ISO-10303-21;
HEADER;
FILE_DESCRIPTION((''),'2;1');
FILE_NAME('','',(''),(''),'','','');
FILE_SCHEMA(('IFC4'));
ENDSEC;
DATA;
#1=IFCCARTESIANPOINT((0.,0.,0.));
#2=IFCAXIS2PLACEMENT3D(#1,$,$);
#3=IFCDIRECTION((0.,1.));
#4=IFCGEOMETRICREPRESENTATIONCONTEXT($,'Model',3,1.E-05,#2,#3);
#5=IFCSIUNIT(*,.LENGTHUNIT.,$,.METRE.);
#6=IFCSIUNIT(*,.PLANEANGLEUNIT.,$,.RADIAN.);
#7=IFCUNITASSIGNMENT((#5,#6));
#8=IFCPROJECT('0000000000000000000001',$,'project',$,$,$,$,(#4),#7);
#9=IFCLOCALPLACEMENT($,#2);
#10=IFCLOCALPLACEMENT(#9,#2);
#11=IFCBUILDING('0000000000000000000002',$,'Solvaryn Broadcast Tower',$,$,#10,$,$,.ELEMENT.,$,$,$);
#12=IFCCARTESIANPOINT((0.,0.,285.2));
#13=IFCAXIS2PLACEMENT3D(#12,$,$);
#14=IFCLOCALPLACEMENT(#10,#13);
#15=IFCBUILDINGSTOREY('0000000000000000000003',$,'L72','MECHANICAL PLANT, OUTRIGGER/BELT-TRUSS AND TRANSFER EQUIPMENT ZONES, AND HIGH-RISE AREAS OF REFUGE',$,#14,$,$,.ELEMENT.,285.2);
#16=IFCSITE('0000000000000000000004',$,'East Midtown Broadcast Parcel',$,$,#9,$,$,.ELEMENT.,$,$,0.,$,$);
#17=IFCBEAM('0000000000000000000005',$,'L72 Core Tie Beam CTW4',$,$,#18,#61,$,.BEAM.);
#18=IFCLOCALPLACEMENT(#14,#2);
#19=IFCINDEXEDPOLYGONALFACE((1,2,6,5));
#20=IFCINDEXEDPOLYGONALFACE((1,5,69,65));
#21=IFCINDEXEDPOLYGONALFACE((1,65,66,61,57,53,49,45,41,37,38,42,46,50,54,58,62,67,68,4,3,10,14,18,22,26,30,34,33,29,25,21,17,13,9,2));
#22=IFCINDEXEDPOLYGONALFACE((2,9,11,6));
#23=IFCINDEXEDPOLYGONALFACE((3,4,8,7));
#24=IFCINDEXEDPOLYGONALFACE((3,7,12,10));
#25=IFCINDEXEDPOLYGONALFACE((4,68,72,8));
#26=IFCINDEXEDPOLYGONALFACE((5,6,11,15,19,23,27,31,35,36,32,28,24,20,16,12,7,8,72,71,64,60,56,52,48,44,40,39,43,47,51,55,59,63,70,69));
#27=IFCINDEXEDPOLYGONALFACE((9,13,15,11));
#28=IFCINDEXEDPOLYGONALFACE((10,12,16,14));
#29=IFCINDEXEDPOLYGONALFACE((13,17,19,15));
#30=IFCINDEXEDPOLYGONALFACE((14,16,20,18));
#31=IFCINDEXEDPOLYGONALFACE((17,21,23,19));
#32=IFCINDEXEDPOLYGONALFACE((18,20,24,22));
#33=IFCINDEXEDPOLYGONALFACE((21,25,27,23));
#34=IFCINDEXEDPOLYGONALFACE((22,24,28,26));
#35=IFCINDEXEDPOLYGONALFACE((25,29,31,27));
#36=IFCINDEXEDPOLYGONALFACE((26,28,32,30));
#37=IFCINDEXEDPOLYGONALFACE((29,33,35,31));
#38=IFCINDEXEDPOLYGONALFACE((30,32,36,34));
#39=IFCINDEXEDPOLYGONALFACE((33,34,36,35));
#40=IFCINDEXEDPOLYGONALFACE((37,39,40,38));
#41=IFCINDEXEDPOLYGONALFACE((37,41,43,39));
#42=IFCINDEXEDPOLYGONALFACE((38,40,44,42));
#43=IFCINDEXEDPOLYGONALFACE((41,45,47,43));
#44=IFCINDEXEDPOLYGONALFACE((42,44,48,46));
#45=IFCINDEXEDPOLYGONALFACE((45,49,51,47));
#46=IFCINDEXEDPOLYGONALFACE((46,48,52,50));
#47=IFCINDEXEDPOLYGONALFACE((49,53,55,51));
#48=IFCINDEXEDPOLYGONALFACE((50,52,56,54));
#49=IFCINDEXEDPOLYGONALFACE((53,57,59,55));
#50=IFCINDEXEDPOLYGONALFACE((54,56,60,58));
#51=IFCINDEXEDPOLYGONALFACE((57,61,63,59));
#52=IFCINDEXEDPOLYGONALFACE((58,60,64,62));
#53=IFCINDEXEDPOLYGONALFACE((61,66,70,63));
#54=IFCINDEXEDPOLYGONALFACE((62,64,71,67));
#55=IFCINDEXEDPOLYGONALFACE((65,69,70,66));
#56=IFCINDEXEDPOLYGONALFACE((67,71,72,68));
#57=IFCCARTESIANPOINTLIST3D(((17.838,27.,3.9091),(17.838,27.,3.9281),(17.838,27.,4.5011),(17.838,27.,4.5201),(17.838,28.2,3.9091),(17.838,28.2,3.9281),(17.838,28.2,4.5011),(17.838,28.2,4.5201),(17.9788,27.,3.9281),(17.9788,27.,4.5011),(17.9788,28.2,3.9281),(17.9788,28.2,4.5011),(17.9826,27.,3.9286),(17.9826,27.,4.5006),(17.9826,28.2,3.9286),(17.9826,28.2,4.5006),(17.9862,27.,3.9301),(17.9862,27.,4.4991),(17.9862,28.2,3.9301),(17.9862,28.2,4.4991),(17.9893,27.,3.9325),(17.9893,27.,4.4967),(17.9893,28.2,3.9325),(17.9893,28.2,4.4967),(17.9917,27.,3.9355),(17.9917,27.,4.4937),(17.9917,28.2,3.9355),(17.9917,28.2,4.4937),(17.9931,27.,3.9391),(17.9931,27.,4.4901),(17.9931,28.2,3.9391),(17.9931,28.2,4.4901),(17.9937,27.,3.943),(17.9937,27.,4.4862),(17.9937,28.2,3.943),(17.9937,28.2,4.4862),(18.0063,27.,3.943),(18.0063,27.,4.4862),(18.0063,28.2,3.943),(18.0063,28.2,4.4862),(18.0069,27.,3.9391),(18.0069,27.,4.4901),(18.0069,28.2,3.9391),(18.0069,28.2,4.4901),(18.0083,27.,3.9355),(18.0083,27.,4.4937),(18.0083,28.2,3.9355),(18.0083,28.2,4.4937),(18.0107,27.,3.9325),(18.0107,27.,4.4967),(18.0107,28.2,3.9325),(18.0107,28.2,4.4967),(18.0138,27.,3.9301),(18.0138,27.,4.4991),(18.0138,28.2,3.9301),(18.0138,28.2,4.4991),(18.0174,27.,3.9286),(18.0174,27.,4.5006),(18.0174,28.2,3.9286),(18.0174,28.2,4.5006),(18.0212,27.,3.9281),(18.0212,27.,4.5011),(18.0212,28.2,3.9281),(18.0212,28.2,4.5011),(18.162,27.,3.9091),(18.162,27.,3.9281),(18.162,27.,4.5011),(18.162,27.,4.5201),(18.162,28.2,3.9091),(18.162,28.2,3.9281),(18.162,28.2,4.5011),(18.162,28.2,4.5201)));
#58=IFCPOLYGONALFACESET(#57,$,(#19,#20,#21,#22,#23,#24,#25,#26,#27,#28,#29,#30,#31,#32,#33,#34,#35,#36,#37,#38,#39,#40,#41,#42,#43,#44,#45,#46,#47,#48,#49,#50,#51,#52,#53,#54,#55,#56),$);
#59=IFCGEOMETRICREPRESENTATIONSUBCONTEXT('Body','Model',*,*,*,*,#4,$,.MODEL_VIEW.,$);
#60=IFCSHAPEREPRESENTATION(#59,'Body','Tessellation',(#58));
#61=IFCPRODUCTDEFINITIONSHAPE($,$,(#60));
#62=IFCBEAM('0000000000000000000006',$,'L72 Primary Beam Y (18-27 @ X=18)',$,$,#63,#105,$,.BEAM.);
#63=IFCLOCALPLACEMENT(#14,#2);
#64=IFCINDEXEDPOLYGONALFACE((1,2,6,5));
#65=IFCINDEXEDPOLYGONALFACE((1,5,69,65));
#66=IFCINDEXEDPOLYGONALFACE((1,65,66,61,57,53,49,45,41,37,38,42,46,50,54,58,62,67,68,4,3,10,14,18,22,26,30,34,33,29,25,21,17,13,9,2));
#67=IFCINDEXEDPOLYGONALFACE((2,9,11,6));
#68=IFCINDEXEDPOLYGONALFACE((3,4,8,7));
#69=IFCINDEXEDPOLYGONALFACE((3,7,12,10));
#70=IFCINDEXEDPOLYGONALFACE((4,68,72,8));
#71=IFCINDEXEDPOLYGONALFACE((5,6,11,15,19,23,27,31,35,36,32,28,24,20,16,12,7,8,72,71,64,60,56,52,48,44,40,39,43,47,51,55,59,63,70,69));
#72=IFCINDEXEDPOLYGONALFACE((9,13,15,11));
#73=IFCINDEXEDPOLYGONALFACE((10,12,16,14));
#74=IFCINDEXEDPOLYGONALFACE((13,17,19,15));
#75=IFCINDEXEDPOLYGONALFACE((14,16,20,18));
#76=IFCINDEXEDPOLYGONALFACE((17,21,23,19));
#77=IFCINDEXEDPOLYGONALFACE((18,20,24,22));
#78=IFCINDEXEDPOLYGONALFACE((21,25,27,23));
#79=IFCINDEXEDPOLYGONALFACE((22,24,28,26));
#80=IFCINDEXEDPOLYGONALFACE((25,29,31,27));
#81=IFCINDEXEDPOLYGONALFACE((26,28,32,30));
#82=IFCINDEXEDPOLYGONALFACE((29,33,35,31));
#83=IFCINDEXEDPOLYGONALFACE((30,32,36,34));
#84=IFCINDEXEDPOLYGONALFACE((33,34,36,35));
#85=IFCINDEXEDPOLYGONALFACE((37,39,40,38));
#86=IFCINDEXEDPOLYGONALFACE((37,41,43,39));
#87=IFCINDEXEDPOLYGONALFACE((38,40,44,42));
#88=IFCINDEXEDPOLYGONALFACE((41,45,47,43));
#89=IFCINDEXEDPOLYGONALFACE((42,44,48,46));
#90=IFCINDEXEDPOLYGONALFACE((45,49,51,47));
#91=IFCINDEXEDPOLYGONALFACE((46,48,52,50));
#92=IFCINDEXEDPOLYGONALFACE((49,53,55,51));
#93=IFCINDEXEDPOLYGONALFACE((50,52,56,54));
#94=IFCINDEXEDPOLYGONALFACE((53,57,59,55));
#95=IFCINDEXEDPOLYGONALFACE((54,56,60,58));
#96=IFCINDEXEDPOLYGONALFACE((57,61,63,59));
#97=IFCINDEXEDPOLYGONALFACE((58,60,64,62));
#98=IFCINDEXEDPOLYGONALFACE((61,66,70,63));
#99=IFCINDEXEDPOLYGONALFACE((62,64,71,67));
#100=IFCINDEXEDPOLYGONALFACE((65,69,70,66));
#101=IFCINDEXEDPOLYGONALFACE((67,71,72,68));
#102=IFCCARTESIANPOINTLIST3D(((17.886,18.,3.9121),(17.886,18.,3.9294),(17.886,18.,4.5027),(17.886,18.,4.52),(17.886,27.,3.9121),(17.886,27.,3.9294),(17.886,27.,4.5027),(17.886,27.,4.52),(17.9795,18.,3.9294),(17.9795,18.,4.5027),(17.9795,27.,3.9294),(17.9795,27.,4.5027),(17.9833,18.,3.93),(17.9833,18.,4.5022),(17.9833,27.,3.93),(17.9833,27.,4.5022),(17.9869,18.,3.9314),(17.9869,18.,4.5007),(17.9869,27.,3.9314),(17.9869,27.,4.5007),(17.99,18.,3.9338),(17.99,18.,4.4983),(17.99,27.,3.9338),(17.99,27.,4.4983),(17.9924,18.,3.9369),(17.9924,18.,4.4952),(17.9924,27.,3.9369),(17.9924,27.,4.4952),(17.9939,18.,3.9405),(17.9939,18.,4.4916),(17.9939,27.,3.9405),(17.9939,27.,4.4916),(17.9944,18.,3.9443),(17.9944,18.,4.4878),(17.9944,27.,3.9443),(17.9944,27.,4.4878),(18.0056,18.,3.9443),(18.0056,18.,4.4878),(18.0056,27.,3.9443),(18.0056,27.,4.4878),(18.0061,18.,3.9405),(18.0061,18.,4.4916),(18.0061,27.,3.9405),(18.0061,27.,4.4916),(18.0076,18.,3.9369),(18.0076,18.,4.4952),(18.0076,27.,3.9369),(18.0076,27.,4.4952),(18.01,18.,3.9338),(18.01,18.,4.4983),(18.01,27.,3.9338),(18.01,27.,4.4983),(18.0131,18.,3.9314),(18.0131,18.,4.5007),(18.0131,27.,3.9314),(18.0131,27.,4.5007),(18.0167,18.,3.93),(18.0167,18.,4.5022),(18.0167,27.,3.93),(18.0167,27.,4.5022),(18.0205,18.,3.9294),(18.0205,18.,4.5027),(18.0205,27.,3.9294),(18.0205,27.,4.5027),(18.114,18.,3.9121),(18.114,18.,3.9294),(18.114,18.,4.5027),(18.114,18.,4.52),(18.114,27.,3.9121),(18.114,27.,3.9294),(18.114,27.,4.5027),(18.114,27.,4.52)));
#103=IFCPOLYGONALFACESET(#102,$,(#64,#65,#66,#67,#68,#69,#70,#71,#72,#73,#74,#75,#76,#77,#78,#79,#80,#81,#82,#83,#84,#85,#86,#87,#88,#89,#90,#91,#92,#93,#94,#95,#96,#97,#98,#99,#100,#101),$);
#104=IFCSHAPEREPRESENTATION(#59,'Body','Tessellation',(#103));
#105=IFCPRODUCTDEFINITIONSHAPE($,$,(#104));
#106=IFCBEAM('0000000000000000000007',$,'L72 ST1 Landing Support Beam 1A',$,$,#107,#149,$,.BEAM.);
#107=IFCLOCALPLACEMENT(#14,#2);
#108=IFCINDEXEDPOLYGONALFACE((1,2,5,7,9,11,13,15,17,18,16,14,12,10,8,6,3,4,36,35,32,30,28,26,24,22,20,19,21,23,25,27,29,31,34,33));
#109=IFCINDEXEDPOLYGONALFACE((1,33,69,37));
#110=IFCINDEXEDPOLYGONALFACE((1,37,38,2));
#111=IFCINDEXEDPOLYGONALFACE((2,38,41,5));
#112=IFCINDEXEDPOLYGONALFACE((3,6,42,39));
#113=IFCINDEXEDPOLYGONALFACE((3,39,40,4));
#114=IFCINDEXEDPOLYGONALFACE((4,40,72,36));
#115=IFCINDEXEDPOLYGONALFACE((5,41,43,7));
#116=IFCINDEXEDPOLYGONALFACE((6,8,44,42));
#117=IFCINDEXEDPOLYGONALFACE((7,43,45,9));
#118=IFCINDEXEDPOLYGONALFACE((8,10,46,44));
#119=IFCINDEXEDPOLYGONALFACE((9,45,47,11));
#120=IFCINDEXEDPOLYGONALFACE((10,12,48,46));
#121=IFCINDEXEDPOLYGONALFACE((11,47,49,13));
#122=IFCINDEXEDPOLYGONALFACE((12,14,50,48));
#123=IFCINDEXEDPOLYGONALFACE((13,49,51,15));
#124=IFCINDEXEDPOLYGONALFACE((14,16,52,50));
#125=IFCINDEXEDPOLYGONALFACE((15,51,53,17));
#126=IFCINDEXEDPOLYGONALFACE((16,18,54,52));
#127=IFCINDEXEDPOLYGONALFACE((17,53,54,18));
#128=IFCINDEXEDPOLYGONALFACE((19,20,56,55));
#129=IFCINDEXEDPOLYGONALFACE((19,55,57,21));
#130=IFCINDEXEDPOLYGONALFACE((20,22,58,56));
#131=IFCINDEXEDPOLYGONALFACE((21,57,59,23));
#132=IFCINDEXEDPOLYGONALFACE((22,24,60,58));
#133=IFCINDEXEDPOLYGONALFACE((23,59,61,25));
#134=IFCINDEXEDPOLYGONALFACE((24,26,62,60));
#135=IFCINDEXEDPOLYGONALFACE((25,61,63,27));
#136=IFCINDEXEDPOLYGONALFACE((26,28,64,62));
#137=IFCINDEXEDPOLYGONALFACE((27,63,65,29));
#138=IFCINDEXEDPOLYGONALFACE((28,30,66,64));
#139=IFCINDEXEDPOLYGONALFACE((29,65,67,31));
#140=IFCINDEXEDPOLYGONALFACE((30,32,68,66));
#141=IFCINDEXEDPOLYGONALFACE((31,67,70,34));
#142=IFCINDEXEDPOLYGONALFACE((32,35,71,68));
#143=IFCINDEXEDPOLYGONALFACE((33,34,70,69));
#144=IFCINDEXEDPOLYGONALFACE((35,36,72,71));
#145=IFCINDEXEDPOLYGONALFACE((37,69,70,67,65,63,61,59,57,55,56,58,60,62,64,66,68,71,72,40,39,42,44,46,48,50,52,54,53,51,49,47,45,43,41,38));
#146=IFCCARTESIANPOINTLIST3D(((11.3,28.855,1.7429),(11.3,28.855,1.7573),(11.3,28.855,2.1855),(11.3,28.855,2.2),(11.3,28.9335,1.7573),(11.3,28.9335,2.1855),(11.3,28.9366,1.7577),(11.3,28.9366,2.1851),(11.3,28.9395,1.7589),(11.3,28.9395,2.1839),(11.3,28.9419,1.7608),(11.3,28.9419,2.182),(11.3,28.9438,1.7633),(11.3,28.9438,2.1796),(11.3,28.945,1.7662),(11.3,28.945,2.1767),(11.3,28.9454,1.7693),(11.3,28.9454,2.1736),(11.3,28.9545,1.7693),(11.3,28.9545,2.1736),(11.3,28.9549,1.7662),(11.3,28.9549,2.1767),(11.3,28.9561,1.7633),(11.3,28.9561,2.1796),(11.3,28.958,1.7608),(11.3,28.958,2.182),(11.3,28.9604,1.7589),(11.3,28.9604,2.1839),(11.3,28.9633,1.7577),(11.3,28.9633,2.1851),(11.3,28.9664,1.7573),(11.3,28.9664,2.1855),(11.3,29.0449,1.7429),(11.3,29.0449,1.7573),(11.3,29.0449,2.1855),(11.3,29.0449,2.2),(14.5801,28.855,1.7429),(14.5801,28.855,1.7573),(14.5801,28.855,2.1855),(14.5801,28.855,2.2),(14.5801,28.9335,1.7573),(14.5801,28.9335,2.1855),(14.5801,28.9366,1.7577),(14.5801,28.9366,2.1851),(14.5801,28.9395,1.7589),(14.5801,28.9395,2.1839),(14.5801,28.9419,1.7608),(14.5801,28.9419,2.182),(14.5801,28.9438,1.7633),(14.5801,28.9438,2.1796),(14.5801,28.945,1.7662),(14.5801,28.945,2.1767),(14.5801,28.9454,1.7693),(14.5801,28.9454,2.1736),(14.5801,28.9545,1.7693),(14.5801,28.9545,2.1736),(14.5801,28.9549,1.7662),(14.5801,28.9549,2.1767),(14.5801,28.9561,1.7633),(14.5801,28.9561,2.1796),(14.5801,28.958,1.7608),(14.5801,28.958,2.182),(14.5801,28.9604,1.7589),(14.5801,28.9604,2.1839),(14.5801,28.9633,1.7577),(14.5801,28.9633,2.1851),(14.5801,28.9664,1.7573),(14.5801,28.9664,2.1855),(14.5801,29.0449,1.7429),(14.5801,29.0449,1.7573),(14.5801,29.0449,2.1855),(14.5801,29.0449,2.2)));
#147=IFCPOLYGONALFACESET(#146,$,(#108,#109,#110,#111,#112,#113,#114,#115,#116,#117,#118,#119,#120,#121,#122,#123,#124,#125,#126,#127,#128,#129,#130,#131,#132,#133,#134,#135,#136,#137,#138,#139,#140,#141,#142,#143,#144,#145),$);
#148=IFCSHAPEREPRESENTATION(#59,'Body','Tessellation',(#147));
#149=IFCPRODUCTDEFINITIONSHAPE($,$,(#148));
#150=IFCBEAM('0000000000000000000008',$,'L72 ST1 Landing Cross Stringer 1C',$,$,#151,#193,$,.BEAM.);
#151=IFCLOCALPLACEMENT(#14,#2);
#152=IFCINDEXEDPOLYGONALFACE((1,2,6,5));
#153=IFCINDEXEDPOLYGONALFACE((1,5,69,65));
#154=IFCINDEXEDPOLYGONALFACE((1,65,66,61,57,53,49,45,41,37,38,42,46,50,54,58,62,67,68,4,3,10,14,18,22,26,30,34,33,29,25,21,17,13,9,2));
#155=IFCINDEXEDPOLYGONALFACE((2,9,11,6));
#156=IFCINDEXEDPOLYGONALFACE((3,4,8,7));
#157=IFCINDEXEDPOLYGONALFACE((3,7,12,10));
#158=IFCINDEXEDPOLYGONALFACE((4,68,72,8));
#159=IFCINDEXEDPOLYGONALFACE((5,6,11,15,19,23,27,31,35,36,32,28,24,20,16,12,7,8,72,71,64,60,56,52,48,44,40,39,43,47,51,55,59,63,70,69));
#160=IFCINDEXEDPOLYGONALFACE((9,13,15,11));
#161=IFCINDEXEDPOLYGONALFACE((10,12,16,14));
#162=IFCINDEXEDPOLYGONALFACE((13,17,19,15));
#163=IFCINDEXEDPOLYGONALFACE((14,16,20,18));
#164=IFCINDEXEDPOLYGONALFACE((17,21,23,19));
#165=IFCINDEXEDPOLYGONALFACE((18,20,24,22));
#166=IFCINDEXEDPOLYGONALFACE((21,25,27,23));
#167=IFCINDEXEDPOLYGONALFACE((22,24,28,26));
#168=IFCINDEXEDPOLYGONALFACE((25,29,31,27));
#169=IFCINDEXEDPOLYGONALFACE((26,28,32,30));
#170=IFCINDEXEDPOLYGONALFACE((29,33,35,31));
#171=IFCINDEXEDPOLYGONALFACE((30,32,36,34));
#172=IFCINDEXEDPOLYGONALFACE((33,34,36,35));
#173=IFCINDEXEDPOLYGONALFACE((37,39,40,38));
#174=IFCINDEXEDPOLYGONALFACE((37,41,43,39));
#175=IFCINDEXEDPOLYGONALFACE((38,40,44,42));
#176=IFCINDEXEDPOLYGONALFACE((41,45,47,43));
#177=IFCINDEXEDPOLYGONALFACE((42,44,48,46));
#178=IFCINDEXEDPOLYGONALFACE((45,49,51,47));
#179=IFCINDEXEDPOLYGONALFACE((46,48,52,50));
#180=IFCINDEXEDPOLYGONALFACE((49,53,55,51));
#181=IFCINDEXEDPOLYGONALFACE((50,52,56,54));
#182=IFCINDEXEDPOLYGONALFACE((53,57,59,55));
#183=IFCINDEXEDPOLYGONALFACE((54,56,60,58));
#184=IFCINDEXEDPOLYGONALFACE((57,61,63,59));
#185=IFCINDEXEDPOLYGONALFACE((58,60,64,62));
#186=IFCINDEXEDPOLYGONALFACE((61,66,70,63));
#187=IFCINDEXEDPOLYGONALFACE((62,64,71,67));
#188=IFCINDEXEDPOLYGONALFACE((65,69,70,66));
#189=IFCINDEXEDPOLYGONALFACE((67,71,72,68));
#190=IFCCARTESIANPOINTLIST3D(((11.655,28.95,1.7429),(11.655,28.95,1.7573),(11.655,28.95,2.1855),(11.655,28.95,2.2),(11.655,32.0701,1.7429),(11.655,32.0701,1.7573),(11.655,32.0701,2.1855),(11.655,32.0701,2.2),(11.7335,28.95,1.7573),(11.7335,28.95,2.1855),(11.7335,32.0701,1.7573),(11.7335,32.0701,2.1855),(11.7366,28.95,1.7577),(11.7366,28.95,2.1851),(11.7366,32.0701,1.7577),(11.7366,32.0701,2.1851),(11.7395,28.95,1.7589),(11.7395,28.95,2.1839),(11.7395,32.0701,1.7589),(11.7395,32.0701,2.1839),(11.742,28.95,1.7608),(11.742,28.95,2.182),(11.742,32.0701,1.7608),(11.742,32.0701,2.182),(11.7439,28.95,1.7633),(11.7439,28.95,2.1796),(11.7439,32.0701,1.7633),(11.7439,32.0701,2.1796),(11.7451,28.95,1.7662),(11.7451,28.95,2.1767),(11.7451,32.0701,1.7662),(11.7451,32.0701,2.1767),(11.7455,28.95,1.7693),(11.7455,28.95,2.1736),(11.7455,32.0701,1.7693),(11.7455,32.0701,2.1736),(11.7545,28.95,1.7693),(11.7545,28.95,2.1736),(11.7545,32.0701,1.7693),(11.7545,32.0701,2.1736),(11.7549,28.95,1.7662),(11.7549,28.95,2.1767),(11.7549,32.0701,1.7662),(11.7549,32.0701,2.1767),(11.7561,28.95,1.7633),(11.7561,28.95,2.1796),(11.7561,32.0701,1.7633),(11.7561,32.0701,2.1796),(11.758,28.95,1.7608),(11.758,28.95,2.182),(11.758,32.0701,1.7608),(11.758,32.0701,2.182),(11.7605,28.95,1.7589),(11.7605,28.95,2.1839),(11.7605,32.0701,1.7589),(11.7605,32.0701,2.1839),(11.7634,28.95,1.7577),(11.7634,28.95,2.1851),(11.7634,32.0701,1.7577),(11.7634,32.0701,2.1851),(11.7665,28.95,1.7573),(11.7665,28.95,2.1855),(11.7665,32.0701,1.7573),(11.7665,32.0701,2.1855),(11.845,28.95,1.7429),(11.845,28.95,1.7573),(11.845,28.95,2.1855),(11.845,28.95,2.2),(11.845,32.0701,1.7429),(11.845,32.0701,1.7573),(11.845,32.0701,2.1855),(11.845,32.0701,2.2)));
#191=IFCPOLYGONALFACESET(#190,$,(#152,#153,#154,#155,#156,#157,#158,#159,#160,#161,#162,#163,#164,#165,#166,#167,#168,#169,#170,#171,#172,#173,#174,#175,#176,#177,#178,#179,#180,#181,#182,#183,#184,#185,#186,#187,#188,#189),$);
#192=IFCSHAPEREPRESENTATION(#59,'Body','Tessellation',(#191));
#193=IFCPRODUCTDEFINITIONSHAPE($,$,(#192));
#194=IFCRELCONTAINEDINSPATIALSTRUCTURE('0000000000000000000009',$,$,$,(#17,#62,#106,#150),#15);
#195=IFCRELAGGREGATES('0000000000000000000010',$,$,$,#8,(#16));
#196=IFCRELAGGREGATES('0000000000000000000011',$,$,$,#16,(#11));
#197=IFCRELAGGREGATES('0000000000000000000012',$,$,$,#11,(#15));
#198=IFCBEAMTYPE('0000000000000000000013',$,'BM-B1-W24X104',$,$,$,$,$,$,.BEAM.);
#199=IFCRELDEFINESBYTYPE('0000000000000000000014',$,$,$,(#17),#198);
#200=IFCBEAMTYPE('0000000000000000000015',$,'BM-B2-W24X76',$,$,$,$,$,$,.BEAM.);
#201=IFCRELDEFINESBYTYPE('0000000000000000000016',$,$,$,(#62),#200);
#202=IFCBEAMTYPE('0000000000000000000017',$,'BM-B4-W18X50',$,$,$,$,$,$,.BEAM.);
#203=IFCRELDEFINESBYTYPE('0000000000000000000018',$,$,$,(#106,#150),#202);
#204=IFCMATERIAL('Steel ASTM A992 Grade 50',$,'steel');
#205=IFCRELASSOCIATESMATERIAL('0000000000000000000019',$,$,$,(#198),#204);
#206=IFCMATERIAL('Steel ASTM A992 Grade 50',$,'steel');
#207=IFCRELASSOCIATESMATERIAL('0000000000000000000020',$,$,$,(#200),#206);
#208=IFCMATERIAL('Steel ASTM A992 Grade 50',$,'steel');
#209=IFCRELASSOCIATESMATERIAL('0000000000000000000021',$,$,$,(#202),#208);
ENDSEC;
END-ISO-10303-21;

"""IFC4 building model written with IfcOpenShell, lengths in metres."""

from ifc_helpers import new_model, si_unit, direction, frame, origin, origin_2d, place, context, subcontext, project, spatial, i_section, extrude, material, material_profile, profile_set, type_object, element, save


model = new_model("IFC4")

# Units and contexts
model_context = context("Model", 3, precision=1e-05, world=origin(), true_north=direction((0.0, 1.0)))
body_context = subcontext(model_context, "Body", "Model", "MODEL_VIEW")
ifc_project = project(units=[si_unit("LENGTHUNIT", "METRE"), si_unit("PLANEANGLEUNIT", "RADIAN")], contexts=[model_context])

# Site, building, storey
site_placement = place(None, origin())
site = spatial("IfcSite", under=ifc_project, at=site_placement, Name="East Midtown Broadcast Parcel", CompositionType="ELEMENT", RefElevation=0.0)
building_placement = place(site_placement, origin())
building = spatial("IfcBuilding", under=site, at=building_placement, Name="Solvaryn Broadcast Tower", CompositionType="ELEMENT")
storey_placement = place(building_placement, frame((0.0, 0.0, 285.2)))
storey = spatial("IfcBuildingStorey", under=building, at=storey_placement, Name="L72", Description="MECHANICAL PLANT, OUTRIGGER/BELT-TRUSS AND TRANSFER EQUIPMENT ZONES, AND HIGH-RISE AREAS OF REFUGE", CompositionType="ELEMENT", Elevation=285.2)

# Beams
ifc_material_1 = material(Name="Steel ASTM A992 Grade 50", Category="steel")
ifc_material_profile_1 = material_profile(ifc_material_1, i_section(OverallWidth=0.324, OverallDepth=0.6111, WebThickness=0.0127, FlangeThickness=0.019, FilletRadius=0.0149, at=origin_2d()))
ifc_profile_set_1 = profile_set([ifc_material_profile_1], Name="Steel ASTM A992 Grade 50")
beam_type_1 = type_object("IfcBeamType", Name="BM-B1-W24X104", PredefinedType="BEAM", material=ifc_profile_set_1)
beam_1_placement = place(storey_placement, frame((18.0, 27.0, 4.2146), z_axis=(0.0, 1.0, 0.0), x_axis=(-1.0, 0.0, 0.0)))
element("IfcBeam", 1, at=beam_1_placement, inside=storey, type_object=beam_type_1, Name="L72 Core Tie Beam CTW4", PredefinedType="BEAM", context=body_context, shape_type="SweptSolid", body=[
    extrude(i_section(OverallWidth=0.324, OverallDepth=0.6111, WebThickness=0.0127, FlangeThickness=0.019, FilletRadius=0.0149, at=origin_2d()), origin(), (0.0, 0.0, 1.0), 1.2),
])
ifc_material_2 = material(Name="Steel ASTM A992 Grade 50", Category="steel")
ifc_material_profile_2 = material_profile(ifc_material_2, i_section(OverallWidth=0.228, OverallDepth=0.6079, WebThickness=0.0112, FlangeThickness=0.0173, FilletRadius=0.0149, at=origin_2d()))
ifc_profile_set_2 = profile_set([ifc_material_profile_2], Name="Steel ASTM A992 Grade 50")
beam_type_2 = type_object("IfcBeamType", Name="BM-B2-W24X76", PredefinedType="BEAM", material=ifc_profile_set_2)
beam_2_placement = place(storey_placement, frame((18.0, 18.0, 4.2161), z_axis=(0.0, 1.0, 0.0), x_axis=(-1.0, 0.0, 0.0)))
element("IfcBeam", 2, at=beam_2_placement, inside=storey, type_object=beam_type_2, Name="L72 Primary Beam Y (18-27 @ X=18)", PredefinedType="BEAM", context=body_context, shape_type="SweptSolid", body=[
    extrude(i_section(OverallWidth=0.228, OverallDepth=0.6079, WebThickness=0.0112, FlangeThickness=0.0173, FilletRadius=0.0149, at=origin_2d()), origin(), (0.0, 0.0, 1.0), 9.0),
])
ifc_material_3 = material(Name="Steel ASTM A992 Grade 50", Category="steel")
ifc_material_profile_3 = material_profile(ifc_material_3, i_section(OverallWidth=0.1899, OverallDepth=0.457, WebThickness=0.009, FlangeThickness=0.0144, FilletRadius=0.012, at=origin_2d()))
ifc_profile_set_3 = profile_set([ifc_material_profile_3], Name="Steel ASTM A992 Grade 50")
beam_type_3 = type_object("IfcBeamType", Name="BM-B4-W18X50", PredefinedType="BEAM", material=ifc_profile_set_3)
beam_3_placement = place(storey_placement, frame((11.3, 28.95, 1.9714), z_axis=(1.0, 0.0, 0.0), x_axis=(0.0, 1.0, 0.0)))
element("IfcBeam", 3, at=beam_3_placement, inside=storey, type_object=beam_type_3, Name="L72 ST1 Landing Support Beam 1A", PredefinedType="BEAM", context=body_context, shape_type="SweptSolid", body=[
    extrude(i_section(OverallWidth=0.1899, OverallDepth=0.457, WebThickness=0.009, FlangeThickness=0.0144, FilletRadius=0.012, at=origin_2d()), origin(), (0.0, 0.0, 1.0), 3.28),
])
beam_4_placement = place(storey_placement, frame((11.75, 28.95, 1.9714), z_axis=(0.0, 1.0, 0.0), x_axis=(-1.0, 0.0, 0.0)))
element("IfcBeam", 4, at=beam_4_placement, inside=storey, type_object=beam_type_3, Name="L72 ST1 Landing Cross Stringer 1C", PredefinedType="BEAM", context=body_context, shape_type="SweptSolid", body=[
    extrude(i_section(OverallWidth=0.1899, OverallDepth=0.457, WebThickness=0.009, FlangeThickness=0.0144, FilletRadius=0.012, at=origin_2d()), origin(), (0.0, 0.0, 1.0), 3.1201),
])

save(model, "model.ifc")
